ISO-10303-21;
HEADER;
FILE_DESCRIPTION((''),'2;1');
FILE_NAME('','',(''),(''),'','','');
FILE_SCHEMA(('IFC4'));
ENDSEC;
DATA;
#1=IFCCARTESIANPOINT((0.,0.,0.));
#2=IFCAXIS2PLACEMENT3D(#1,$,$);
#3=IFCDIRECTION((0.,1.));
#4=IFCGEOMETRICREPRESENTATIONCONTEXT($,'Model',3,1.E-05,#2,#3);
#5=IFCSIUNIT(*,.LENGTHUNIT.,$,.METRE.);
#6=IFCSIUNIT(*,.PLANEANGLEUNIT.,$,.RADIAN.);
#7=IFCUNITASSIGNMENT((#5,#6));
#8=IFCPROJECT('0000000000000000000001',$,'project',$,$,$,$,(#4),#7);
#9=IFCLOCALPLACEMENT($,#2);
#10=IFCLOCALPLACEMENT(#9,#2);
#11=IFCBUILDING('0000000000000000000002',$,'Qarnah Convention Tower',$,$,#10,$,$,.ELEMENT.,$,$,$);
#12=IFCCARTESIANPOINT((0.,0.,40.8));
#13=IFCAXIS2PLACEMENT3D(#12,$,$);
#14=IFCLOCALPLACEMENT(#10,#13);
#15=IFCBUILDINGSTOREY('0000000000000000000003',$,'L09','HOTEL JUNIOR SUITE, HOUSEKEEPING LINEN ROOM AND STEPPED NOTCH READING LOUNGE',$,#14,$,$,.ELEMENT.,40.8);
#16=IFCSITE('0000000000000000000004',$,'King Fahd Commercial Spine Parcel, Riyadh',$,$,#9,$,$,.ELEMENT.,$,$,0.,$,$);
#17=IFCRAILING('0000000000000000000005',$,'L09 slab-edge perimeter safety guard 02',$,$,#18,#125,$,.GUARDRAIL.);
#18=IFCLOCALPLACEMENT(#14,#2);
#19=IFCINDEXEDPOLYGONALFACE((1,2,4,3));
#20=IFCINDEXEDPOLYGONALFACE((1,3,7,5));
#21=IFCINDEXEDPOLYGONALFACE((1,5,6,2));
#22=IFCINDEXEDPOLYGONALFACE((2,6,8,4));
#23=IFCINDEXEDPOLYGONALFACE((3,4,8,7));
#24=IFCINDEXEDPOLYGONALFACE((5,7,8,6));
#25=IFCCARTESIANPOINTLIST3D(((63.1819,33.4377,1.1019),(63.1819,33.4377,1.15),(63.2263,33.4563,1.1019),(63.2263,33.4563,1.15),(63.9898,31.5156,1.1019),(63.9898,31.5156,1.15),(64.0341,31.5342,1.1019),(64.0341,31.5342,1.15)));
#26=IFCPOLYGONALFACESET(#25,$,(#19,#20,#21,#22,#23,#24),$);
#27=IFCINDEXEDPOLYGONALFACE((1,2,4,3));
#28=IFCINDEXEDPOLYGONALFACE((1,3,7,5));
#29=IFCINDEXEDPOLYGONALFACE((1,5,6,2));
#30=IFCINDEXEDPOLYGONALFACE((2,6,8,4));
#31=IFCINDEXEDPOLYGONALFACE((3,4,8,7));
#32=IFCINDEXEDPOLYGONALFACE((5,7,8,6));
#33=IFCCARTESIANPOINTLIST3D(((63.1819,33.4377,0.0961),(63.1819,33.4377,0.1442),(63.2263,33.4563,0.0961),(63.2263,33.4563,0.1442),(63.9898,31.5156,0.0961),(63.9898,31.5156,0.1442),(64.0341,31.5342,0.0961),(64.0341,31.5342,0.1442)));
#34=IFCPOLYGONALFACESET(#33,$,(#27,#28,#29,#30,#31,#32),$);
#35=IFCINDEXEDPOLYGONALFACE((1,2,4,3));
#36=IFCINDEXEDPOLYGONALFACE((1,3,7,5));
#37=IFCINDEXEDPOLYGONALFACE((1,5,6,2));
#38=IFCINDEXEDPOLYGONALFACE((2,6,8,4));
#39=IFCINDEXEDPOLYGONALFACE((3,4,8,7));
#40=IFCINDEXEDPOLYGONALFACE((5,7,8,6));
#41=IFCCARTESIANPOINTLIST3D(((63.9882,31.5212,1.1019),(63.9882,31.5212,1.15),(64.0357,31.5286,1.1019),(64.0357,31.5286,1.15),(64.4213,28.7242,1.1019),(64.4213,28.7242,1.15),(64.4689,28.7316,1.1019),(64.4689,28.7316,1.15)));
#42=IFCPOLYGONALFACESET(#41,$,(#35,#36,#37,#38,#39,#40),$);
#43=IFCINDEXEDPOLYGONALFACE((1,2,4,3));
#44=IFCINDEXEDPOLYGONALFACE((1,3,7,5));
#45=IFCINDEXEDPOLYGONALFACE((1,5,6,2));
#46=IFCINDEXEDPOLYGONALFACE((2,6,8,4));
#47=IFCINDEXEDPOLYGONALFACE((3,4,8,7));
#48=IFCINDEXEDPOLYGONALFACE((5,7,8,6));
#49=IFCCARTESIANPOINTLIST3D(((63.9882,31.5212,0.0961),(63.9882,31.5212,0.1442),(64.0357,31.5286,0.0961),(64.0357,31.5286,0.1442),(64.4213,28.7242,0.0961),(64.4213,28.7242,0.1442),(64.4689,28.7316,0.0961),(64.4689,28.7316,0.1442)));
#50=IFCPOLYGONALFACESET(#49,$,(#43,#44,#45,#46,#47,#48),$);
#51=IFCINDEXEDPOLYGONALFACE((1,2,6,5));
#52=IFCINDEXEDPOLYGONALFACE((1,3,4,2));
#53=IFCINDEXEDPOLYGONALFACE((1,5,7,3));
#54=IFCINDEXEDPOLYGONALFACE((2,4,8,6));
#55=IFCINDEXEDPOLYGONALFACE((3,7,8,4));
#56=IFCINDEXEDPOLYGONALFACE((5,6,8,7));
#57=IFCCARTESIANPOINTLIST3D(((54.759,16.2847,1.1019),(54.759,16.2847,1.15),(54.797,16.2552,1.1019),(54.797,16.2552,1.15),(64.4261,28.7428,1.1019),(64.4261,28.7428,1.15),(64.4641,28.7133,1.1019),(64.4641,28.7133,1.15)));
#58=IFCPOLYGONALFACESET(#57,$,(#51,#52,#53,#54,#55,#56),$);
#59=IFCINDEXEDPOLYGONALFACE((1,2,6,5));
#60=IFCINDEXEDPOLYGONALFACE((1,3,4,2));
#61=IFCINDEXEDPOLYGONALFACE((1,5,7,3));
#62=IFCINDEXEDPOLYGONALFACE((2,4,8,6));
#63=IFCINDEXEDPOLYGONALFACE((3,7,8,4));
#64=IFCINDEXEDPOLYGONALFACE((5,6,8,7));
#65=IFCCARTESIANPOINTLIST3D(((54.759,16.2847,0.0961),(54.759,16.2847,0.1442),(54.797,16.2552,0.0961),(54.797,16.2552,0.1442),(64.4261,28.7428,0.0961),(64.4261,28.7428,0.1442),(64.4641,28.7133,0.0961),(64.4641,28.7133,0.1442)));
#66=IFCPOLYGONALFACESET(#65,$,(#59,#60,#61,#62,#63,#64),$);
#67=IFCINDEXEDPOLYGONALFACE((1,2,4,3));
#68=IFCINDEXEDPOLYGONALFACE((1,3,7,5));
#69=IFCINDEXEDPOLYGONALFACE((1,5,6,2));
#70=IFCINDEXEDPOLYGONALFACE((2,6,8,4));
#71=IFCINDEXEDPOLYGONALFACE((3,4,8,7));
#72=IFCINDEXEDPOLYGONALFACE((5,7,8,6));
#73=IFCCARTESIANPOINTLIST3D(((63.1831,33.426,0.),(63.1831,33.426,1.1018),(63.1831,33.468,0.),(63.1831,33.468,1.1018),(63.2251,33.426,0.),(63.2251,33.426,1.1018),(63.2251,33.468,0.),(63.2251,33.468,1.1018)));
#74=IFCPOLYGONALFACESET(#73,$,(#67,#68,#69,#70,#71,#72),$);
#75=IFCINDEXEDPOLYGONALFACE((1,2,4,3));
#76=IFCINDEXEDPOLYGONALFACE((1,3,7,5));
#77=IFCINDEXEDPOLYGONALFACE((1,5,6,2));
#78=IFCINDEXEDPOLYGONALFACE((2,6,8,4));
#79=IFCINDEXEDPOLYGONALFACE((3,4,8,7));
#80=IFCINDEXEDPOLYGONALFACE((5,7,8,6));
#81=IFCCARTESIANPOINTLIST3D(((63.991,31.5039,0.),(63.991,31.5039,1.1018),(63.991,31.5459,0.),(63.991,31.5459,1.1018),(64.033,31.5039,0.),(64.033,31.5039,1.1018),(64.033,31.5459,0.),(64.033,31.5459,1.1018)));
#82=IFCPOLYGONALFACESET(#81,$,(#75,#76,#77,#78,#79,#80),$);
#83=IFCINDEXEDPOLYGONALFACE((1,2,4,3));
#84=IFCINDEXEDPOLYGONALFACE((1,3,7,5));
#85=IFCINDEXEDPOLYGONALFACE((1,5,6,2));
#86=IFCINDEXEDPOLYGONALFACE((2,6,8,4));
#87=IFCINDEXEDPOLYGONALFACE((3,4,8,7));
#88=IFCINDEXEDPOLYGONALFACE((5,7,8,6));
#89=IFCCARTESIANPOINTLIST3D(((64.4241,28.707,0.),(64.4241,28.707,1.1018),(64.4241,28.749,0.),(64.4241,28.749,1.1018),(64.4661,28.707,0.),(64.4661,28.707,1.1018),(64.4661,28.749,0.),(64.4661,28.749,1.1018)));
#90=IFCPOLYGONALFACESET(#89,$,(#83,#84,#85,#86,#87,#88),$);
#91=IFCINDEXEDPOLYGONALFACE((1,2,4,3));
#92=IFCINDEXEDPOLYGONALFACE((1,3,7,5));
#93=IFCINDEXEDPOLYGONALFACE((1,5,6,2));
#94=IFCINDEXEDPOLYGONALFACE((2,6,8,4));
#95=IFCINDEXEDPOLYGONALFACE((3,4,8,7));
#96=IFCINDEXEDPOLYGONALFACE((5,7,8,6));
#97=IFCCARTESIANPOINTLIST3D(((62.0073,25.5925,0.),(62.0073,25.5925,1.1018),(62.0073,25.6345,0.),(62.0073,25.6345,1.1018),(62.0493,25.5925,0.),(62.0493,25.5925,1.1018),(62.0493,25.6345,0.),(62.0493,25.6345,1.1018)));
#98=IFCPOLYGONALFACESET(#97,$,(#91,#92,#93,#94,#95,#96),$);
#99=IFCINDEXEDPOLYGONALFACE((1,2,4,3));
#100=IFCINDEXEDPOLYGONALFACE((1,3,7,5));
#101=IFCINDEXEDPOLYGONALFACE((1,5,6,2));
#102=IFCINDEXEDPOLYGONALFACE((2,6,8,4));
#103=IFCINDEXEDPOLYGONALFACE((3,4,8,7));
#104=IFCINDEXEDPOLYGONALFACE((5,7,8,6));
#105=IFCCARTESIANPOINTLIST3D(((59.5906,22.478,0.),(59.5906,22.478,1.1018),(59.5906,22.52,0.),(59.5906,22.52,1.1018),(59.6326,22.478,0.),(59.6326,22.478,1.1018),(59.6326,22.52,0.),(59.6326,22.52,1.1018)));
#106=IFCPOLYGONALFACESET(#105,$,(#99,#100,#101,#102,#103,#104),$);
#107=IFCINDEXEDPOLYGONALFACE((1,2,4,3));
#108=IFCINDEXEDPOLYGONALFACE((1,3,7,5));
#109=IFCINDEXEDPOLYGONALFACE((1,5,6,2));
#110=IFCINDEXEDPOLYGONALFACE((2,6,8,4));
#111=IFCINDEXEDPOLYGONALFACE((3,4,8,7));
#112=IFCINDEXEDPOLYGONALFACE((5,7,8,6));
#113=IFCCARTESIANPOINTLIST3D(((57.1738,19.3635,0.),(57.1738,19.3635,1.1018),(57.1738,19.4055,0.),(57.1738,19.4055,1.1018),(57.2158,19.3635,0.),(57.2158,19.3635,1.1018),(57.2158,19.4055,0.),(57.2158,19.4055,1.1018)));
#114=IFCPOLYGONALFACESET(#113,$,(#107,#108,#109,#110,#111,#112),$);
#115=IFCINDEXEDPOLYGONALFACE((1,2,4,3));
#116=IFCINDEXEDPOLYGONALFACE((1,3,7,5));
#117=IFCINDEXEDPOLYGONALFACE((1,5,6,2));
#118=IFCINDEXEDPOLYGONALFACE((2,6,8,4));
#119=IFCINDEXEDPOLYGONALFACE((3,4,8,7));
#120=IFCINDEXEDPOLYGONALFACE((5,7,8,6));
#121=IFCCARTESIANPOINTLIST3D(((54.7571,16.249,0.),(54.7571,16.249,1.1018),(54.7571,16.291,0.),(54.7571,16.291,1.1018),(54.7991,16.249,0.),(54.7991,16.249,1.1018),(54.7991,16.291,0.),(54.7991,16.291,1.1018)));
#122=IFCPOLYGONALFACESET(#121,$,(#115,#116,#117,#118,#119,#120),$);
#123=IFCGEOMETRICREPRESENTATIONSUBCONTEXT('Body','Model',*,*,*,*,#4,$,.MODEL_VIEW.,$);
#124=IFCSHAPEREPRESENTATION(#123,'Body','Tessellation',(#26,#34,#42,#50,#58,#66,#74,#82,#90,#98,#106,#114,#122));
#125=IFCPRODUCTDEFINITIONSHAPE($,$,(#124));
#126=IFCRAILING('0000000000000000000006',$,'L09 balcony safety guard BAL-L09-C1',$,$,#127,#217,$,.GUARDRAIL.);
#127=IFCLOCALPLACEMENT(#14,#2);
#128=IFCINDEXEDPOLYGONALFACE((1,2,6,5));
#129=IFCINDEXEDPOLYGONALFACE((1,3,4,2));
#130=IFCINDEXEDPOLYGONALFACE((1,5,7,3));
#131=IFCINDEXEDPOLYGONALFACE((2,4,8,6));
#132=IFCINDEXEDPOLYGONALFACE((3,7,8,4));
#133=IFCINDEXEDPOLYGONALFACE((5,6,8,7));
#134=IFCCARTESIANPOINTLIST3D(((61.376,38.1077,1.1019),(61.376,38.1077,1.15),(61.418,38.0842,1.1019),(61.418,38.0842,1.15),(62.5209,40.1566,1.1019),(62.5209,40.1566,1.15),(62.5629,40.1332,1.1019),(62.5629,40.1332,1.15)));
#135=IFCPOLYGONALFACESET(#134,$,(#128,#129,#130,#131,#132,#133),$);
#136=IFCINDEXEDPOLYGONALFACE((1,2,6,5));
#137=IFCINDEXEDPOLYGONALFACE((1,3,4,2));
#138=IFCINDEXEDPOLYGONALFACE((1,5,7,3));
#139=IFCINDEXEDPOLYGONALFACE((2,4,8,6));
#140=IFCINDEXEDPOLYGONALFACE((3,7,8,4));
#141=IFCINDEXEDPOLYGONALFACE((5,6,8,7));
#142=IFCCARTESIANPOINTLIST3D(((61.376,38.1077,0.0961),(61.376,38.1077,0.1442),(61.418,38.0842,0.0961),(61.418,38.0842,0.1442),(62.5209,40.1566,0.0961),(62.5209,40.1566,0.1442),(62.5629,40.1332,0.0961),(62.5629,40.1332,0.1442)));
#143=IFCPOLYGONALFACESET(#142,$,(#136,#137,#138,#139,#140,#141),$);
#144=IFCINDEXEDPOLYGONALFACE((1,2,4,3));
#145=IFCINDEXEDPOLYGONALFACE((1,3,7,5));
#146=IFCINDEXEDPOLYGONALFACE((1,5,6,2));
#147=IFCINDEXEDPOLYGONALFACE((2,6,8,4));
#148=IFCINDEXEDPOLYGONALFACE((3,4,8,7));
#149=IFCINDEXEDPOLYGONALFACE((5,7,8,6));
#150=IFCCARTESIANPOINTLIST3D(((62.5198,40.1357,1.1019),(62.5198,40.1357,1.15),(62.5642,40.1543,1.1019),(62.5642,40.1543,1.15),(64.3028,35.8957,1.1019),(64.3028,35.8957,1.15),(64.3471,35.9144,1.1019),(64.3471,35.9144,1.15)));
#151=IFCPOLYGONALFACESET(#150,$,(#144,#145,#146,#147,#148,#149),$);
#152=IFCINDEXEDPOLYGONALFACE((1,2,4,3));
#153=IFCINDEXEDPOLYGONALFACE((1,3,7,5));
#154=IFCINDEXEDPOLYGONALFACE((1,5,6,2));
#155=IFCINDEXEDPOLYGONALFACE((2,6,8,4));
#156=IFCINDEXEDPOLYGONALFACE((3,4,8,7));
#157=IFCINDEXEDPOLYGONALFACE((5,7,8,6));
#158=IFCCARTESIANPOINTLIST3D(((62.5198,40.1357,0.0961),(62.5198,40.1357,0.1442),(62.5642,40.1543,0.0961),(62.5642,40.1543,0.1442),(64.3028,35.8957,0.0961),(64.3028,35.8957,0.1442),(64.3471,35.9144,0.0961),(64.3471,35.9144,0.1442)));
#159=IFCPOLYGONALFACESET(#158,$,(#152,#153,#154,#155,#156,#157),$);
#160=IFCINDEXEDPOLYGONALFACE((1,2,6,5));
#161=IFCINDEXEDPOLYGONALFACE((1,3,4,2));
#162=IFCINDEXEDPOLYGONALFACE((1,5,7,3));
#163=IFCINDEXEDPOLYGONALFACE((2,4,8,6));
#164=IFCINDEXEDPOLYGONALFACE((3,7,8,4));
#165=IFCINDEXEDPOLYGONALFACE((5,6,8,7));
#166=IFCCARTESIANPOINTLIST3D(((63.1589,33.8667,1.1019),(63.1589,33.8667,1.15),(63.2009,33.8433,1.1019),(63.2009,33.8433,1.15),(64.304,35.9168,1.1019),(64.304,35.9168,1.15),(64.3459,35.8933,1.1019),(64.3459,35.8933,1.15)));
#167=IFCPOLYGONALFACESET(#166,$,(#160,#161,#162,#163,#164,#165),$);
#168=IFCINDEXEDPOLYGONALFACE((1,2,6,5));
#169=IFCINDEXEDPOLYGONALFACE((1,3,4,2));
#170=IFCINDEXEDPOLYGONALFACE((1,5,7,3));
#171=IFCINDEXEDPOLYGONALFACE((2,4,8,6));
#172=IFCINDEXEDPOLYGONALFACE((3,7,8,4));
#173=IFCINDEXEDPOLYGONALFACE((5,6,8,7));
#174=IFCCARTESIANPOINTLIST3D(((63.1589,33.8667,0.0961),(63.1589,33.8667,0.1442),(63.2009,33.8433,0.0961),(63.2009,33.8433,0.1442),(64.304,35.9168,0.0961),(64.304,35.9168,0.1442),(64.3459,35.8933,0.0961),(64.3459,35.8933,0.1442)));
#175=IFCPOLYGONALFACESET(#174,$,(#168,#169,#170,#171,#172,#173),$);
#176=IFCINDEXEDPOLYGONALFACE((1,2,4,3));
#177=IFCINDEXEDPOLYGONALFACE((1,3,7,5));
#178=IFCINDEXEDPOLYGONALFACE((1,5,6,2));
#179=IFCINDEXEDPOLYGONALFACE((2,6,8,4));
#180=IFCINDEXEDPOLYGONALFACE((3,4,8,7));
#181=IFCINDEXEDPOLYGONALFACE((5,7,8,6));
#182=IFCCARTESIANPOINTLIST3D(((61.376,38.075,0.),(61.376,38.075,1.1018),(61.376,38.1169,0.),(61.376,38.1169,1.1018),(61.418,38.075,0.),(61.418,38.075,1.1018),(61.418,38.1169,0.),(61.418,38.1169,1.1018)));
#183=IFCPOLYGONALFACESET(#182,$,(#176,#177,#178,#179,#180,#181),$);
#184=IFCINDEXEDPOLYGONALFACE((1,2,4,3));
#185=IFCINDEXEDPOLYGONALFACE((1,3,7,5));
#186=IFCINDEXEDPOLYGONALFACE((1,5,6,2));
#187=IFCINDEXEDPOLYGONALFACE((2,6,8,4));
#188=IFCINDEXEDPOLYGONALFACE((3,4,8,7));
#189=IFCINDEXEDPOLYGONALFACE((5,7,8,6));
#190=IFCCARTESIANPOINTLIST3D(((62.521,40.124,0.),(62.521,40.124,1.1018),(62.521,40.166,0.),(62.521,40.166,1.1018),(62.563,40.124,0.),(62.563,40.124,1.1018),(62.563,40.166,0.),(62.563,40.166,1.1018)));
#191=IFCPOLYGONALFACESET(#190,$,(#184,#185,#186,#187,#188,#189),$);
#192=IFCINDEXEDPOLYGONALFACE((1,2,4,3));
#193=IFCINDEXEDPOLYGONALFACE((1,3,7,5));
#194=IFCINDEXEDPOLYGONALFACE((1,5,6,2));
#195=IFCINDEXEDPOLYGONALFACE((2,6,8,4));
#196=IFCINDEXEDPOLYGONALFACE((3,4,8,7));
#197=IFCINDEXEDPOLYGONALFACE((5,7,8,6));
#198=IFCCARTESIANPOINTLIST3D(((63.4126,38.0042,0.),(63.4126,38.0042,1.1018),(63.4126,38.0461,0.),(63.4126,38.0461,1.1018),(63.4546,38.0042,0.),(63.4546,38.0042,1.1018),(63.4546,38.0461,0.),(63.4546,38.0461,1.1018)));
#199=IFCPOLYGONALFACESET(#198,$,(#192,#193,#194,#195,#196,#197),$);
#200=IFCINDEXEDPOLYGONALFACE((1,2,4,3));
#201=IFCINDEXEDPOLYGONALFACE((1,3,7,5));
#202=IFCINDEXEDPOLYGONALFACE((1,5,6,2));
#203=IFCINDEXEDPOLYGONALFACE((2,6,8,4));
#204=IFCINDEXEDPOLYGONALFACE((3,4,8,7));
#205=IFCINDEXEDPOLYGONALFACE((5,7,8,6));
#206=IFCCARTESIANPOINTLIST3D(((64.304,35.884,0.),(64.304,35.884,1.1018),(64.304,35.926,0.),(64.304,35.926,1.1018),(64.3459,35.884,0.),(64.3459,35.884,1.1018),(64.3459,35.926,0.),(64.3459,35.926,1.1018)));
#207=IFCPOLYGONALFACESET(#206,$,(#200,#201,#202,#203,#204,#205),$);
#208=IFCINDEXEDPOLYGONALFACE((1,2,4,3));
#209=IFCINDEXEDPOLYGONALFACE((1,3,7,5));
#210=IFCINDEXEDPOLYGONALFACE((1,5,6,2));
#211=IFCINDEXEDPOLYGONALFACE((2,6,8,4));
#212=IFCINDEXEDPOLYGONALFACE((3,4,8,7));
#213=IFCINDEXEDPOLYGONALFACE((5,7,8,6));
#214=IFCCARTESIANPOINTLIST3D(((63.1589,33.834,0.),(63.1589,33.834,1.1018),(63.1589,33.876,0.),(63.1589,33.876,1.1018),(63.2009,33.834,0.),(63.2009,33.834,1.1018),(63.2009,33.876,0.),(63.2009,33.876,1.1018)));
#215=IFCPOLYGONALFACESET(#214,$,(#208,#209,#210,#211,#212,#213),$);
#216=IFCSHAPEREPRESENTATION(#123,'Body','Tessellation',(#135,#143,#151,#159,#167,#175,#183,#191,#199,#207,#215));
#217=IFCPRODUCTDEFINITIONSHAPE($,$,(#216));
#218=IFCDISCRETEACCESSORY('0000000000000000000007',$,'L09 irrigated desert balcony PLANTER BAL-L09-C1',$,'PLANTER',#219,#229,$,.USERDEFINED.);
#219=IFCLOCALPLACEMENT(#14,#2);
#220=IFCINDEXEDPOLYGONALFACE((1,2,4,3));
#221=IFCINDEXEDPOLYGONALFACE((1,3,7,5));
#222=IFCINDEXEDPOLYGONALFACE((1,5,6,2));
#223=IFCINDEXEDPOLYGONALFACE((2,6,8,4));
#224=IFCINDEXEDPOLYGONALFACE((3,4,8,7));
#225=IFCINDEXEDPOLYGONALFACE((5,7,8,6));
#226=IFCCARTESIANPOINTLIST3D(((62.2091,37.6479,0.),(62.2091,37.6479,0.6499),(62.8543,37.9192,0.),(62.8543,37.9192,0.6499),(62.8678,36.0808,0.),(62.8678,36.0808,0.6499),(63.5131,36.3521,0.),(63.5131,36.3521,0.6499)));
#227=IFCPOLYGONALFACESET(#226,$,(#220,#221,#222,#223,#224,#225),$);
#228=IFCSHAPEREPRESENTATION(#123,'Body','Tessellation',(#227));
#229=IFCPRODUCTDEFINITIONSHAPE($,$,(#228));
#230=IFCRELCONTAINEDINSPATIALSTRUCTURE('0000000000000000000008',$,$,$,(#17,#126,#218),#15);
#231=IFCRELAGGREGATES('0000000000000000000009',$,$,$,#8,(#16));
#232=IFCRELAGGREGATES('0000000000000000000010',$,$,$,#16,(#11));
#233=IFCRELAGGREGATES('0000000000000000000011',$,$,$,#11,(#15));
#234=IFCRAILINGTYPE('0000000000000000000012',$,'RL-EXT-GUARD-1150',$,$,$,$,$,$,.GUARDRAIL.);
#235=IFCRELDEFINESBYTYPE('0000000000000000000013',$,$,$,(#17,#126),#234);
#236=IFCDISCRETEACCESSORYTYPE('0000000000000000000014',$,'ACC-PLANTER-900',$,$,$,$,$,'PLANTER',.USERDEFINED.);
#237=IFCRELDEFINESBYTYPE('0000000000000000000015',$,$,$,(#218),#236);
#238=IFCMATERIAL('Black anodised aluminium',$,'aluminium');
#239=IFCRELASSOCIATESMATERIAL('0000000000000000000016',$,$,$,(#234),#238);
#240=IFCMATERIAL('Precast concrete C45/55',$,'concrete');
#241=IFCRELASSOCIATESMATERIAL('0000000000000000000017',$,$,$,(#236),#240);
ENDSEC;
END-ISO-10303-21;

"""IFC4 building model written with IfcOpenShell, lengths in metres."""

from ifc_helpers import new_model, si_unit, direction, frame, origin, origin_2d, place, context, subcontext, project, spatial, rectangle, extrude, material, type_object, element, save


model = new_model("IFC4")

# Units and contexts
model_context = context("Model", 3, precision=1e-05, world=origin(), true_north=direction((0.0, 1.0)))
body_context = subcontext(model_context, "Body", "Model", "MODEL_VIEW")
ifc_project = project(units=[si_unit("LENGTHUNIT", "METRE"), si_unit("PLANEANGLEUNIT", "RADIAN")], contexts=[model_context])

# Site, building, storey
site_placement = place(None, origin())
site = spatial("IfcSite", under=ifc_project, at=site_placement, Name="King Fahd Commercial Spine Parcel, Riyadh", CompositionType="ELEMENT", RefElevation=0.0)
building_placement = place(site_placement, origin())
building = spatial("IfcBuilding", under=site, at=building_placement, Name="Qarnah Convention Tower", CompositionType="ELEMENT")
storey_placement = place(building_placement, frame((0.0, 0.0, 40.8)))
storey = spatial("IfcBuildingStorey", under=building, at=storey_placement, Name="L09", Description="HOTEL JUNIOR SUITE, HOUSEKEEPING LINEN ROOM AND STEPPED NOTCH READING LOUNGE", CompositionType="ELEMENT", Elevation=40.8)

# Shared definitions
ifc_material_1 = material(Name="Black anodised aluminium", Category="aluminium")

# Shared definitions
ifc_material_2 = material(Name="Precast concrete C45/55", Category="concrete")

# Railings
railing_type = type_object("IfcRailingType", Name="RL-EXT-GUARD-1150", PredefinedType="GUARDRAIL", material=ifc_material_1)
railing_1_placement = place(storey_placement, frame((63.2041, 33.447, 0.0)))
element("IfcRailing", 1, at=railing_1_placement, inside=storey, type_object=railing_type, Name="L09 slab-edge perimeter safety guard 02", PredefinedType="GUARDRAIL", context=body_context, shape_type="SweptSolid", body=[
    extrude(rectangle(XDim=0.0481, YDim=0.0481, at=origin_2d()), frame((0.0, 0.0, 1.126), z_axis=(0.387465, -0.921884, 0.0), x_axis=(0.921884, 0.387465, 0.0)), (0.0, 0.0, 1.0), 2.085),
    extrude(rectangle(XDim=0.0481, YDim=0.0481, at=origin_2d()), frame((0.0, 0.0, 0.1201), z_axis=(0.387465, -0.921884, 0.0), x_axis=(0.921884, 0.387465, 0.0)), (0.0, 0.0, 1.0), 2.085),
    extrude(rectangle(XDim=0.0481, YDim=0.0481, at=origin_2d()), frame((0.8079, -1.9221, 1.126), z_axis=(0.153029, -0.988222, 0.0), x_axis=(0.988222, 0.153029, 0.0)), (0.0, 0.0, 1.0), 2.8303),
    extrude(rectangle(XDim=0.0481, YDim=0.0481, at=origin_2d()), frame((0.8079, -1.9221, 0.1201), z_axis=(0.153029, -0.988222, 0.0), x_axis=(0.988222, 0.153029, 0.0)), (0.0, 0.0, 1.0), 2.8303),
    extrude(rectangle(XDim=0.0481, YDim=0.0481, at=origin_2d()), frame((1.241, -4.719, 1.126), z_axis=(-0.613048, -0.790045, 0.0), x_axis=(0.790045, -0.613048, 0.0)), (0.0, 0.0, 1.0), 15.7688),
    extrude(rectangle(XDim=0.0481, YDim=0.0481, at=origin_2d()), frame((1.241, -4.719, 0.1201), z_axis=(-0.613048, -0.790045, 0.0), x_axis=(0.790045, -0.613048, 0.0)), (0.0, 0.0, 1.0), 15.7688),
    extrude(rectangle(XDim=0.042, YDim=0.042, at=origin_2d()), origin(), (0.0, 0.0, 1.0), 1.1018),
    extrude(rectangle(XDim=0.042, YDim=0.042, at=origin_2d()), frame((0.8079, -1.9221, 0.0)), (0.0, 0.0, 1.0), 1.1018),
    extrude(rectangle(XDim=0.042, YDim=0.042, at=origin_2d()), frame((1.241, -4.719, 0.0)), (0.0, 0.0, 1.0), 1.1018),
    extrude(rectangle(XDim=0.042, YDim=0.042, at=origin_2d()), frame((-1.1758, -7.8335, 0.0)), (0.0, 0.0, 1.0), 1.1018),
    extrude(rectangle(XDim=0.042, YDim=0.042, at=origin_2d()), frame((-3.5925, -10.948, 0.0)), (0.0, 0.0, 1.0), 1.1018),
    extrude(rectangle(XDim=0.042, YDim=0.042, at=origin_2d()), frame((-6.0093, -14.0625, 0.0)), (0.0, 0.0, 1.0), 1.1018),
    extrude(rectangle(XDim=0.042, YDim=0.042, at=origin_2d()), frame((-8.426, -17.177, 0.0)), (0.0, 0.0, 1.0), 1.1018),
])
railing_2_placement = place(storey_placement, frame((61.397, 38.0959, 0.0)))
element("IfcRailing", 2, at=railing_2_placement, inside=storey, type_object=railing_type, Name="L09 balcony safety guard BAL-L09-C1", PredefinedType="GUARDRAIL", context=body_context, shape_type="SweptSolid", body=[
    extrude(rectangle(XDim=0.0481, YDim=0.0481, at=origin_2d()), frame((0.0, 0.0, 1.126), z_axis=(0.487805, 0.872953, 0.0), x_axis=(-0.872953, 0.487805, 0.0)), (0.0, 0.0, 1.0), 2.3472),
    extrude(rectangle(XDim=0.0481, YDim=0.0481, at=origin_2d()), frame((0.0, 0.0, 0.1201), z_axis=(0.487805, 0.872953, 0.0), x_axis=(-0.872953, 0.487805, 0.0)), (0.0, 0.0, 1.0), 2.3472),
    extrude(rectangle(XDim=0.0481, YDim=0.0481, at=origin_2d()), frame((1.145, 2.0491, 1.126), z_axis=(0.387632, -0.921814, 0.0), x_axis=(0.921814, 0.387632, 0.0)), (0.0, 0.0, 1.0), 4.5996),
    extrude(rectangle(XDim=0.0481, YDim=0.0481, at=origin_2d()), frame((1.145, 2.0491, 0.1201), z_axis=(0.387632, -0.921814, 0.0), x_axis=(0.921814, 0.387632, 0.0)), (0.0, 0.0, 1.0), 4.5996),
    extrude(rectangle(XDim=0.0481, YDim=0.0481, at=origin_2d()), frame((2.928, -2.1909, 1.126), z_axis=(-0.487628, -0.873052, 0.0), x_axis=(0.873052, -0.487628, 0.0)), (0.0, 0.0, 1.0), 2.3481),
    extrude(rectangle(XDim=0.0481, YDim=0.0481, at=origin_2d()), frame((2.928, -2.1909, 0.1201), z_axis=(-0.487628, -0.873052, 0.0), x_axis=(0.873052, -0.487628, 0.0)), (0.0, 0.0, 1.0), 2.3481),
    extrude(rectangle(XDim=0.042, YDim=0.042, at=origin_2d()), origin(), (0.0, 0.0, 1.0), 1.1018),
    extrude(rectangle(XDim=0.042, YDim=0.042, at=origin_2d()), frame((1.145, 2.0491, 0.0)), (0.0, 0.0, 1.0), 1.1018),
    extrude(rectangle(XDim=0.042, YDim=0.042, at=origin_2d()), frame((2.0366, -0.0708, 0.0)), (0.0, 0.0, 1.0), 1.1018),
    extrude(rectangle(XDim=0.042, YDim=0.042, at=origin_2d()), frame((2.928, -2.1909, 0.0)), (0.0, 0.0, 1.0), 1.1018),
    extrude(rectangle(XDim=0.042, YDim=0.042, at=origin_2d()), frame((1.783, -4.241, 0.0)), (0.0, 0.0, 1.0), 1.1018),
])

# Discrete accessory
discrete_accessory_type = type_object("IfcDiscreteAccessoryType", Name="ACC-PLANTER-900", ElementType="PLANTER", PredefinedType="USERDEFINED", material=ifc_material_2)
discrete_accessory_placement = place(storey_placement, frame((62.8611, 37.0, 0.0), z_axis=(0.0, 0.0, 1.0), x_axis=(-0.387516, 0.921863, 0.0)))
element("IfcDiscreteAccessory", 3, at=discrete_accessory_placement, inside=storey, type_object=discrete_accessory_type, Name="L09 irrigated desert balcony PLANTER BAL-L09-C1", ObjectType="PLANTER", PredefinedType="USERDEFINED", context=body_context, shape_type="SweptSolid", body=[
    extrude(rectangle(XDim=1.7, YDim=0.7, at=origin_2d()), origin(), (0.0, 0.0, 1.0), 0.6499),
])

save(model, "model.ifc")
